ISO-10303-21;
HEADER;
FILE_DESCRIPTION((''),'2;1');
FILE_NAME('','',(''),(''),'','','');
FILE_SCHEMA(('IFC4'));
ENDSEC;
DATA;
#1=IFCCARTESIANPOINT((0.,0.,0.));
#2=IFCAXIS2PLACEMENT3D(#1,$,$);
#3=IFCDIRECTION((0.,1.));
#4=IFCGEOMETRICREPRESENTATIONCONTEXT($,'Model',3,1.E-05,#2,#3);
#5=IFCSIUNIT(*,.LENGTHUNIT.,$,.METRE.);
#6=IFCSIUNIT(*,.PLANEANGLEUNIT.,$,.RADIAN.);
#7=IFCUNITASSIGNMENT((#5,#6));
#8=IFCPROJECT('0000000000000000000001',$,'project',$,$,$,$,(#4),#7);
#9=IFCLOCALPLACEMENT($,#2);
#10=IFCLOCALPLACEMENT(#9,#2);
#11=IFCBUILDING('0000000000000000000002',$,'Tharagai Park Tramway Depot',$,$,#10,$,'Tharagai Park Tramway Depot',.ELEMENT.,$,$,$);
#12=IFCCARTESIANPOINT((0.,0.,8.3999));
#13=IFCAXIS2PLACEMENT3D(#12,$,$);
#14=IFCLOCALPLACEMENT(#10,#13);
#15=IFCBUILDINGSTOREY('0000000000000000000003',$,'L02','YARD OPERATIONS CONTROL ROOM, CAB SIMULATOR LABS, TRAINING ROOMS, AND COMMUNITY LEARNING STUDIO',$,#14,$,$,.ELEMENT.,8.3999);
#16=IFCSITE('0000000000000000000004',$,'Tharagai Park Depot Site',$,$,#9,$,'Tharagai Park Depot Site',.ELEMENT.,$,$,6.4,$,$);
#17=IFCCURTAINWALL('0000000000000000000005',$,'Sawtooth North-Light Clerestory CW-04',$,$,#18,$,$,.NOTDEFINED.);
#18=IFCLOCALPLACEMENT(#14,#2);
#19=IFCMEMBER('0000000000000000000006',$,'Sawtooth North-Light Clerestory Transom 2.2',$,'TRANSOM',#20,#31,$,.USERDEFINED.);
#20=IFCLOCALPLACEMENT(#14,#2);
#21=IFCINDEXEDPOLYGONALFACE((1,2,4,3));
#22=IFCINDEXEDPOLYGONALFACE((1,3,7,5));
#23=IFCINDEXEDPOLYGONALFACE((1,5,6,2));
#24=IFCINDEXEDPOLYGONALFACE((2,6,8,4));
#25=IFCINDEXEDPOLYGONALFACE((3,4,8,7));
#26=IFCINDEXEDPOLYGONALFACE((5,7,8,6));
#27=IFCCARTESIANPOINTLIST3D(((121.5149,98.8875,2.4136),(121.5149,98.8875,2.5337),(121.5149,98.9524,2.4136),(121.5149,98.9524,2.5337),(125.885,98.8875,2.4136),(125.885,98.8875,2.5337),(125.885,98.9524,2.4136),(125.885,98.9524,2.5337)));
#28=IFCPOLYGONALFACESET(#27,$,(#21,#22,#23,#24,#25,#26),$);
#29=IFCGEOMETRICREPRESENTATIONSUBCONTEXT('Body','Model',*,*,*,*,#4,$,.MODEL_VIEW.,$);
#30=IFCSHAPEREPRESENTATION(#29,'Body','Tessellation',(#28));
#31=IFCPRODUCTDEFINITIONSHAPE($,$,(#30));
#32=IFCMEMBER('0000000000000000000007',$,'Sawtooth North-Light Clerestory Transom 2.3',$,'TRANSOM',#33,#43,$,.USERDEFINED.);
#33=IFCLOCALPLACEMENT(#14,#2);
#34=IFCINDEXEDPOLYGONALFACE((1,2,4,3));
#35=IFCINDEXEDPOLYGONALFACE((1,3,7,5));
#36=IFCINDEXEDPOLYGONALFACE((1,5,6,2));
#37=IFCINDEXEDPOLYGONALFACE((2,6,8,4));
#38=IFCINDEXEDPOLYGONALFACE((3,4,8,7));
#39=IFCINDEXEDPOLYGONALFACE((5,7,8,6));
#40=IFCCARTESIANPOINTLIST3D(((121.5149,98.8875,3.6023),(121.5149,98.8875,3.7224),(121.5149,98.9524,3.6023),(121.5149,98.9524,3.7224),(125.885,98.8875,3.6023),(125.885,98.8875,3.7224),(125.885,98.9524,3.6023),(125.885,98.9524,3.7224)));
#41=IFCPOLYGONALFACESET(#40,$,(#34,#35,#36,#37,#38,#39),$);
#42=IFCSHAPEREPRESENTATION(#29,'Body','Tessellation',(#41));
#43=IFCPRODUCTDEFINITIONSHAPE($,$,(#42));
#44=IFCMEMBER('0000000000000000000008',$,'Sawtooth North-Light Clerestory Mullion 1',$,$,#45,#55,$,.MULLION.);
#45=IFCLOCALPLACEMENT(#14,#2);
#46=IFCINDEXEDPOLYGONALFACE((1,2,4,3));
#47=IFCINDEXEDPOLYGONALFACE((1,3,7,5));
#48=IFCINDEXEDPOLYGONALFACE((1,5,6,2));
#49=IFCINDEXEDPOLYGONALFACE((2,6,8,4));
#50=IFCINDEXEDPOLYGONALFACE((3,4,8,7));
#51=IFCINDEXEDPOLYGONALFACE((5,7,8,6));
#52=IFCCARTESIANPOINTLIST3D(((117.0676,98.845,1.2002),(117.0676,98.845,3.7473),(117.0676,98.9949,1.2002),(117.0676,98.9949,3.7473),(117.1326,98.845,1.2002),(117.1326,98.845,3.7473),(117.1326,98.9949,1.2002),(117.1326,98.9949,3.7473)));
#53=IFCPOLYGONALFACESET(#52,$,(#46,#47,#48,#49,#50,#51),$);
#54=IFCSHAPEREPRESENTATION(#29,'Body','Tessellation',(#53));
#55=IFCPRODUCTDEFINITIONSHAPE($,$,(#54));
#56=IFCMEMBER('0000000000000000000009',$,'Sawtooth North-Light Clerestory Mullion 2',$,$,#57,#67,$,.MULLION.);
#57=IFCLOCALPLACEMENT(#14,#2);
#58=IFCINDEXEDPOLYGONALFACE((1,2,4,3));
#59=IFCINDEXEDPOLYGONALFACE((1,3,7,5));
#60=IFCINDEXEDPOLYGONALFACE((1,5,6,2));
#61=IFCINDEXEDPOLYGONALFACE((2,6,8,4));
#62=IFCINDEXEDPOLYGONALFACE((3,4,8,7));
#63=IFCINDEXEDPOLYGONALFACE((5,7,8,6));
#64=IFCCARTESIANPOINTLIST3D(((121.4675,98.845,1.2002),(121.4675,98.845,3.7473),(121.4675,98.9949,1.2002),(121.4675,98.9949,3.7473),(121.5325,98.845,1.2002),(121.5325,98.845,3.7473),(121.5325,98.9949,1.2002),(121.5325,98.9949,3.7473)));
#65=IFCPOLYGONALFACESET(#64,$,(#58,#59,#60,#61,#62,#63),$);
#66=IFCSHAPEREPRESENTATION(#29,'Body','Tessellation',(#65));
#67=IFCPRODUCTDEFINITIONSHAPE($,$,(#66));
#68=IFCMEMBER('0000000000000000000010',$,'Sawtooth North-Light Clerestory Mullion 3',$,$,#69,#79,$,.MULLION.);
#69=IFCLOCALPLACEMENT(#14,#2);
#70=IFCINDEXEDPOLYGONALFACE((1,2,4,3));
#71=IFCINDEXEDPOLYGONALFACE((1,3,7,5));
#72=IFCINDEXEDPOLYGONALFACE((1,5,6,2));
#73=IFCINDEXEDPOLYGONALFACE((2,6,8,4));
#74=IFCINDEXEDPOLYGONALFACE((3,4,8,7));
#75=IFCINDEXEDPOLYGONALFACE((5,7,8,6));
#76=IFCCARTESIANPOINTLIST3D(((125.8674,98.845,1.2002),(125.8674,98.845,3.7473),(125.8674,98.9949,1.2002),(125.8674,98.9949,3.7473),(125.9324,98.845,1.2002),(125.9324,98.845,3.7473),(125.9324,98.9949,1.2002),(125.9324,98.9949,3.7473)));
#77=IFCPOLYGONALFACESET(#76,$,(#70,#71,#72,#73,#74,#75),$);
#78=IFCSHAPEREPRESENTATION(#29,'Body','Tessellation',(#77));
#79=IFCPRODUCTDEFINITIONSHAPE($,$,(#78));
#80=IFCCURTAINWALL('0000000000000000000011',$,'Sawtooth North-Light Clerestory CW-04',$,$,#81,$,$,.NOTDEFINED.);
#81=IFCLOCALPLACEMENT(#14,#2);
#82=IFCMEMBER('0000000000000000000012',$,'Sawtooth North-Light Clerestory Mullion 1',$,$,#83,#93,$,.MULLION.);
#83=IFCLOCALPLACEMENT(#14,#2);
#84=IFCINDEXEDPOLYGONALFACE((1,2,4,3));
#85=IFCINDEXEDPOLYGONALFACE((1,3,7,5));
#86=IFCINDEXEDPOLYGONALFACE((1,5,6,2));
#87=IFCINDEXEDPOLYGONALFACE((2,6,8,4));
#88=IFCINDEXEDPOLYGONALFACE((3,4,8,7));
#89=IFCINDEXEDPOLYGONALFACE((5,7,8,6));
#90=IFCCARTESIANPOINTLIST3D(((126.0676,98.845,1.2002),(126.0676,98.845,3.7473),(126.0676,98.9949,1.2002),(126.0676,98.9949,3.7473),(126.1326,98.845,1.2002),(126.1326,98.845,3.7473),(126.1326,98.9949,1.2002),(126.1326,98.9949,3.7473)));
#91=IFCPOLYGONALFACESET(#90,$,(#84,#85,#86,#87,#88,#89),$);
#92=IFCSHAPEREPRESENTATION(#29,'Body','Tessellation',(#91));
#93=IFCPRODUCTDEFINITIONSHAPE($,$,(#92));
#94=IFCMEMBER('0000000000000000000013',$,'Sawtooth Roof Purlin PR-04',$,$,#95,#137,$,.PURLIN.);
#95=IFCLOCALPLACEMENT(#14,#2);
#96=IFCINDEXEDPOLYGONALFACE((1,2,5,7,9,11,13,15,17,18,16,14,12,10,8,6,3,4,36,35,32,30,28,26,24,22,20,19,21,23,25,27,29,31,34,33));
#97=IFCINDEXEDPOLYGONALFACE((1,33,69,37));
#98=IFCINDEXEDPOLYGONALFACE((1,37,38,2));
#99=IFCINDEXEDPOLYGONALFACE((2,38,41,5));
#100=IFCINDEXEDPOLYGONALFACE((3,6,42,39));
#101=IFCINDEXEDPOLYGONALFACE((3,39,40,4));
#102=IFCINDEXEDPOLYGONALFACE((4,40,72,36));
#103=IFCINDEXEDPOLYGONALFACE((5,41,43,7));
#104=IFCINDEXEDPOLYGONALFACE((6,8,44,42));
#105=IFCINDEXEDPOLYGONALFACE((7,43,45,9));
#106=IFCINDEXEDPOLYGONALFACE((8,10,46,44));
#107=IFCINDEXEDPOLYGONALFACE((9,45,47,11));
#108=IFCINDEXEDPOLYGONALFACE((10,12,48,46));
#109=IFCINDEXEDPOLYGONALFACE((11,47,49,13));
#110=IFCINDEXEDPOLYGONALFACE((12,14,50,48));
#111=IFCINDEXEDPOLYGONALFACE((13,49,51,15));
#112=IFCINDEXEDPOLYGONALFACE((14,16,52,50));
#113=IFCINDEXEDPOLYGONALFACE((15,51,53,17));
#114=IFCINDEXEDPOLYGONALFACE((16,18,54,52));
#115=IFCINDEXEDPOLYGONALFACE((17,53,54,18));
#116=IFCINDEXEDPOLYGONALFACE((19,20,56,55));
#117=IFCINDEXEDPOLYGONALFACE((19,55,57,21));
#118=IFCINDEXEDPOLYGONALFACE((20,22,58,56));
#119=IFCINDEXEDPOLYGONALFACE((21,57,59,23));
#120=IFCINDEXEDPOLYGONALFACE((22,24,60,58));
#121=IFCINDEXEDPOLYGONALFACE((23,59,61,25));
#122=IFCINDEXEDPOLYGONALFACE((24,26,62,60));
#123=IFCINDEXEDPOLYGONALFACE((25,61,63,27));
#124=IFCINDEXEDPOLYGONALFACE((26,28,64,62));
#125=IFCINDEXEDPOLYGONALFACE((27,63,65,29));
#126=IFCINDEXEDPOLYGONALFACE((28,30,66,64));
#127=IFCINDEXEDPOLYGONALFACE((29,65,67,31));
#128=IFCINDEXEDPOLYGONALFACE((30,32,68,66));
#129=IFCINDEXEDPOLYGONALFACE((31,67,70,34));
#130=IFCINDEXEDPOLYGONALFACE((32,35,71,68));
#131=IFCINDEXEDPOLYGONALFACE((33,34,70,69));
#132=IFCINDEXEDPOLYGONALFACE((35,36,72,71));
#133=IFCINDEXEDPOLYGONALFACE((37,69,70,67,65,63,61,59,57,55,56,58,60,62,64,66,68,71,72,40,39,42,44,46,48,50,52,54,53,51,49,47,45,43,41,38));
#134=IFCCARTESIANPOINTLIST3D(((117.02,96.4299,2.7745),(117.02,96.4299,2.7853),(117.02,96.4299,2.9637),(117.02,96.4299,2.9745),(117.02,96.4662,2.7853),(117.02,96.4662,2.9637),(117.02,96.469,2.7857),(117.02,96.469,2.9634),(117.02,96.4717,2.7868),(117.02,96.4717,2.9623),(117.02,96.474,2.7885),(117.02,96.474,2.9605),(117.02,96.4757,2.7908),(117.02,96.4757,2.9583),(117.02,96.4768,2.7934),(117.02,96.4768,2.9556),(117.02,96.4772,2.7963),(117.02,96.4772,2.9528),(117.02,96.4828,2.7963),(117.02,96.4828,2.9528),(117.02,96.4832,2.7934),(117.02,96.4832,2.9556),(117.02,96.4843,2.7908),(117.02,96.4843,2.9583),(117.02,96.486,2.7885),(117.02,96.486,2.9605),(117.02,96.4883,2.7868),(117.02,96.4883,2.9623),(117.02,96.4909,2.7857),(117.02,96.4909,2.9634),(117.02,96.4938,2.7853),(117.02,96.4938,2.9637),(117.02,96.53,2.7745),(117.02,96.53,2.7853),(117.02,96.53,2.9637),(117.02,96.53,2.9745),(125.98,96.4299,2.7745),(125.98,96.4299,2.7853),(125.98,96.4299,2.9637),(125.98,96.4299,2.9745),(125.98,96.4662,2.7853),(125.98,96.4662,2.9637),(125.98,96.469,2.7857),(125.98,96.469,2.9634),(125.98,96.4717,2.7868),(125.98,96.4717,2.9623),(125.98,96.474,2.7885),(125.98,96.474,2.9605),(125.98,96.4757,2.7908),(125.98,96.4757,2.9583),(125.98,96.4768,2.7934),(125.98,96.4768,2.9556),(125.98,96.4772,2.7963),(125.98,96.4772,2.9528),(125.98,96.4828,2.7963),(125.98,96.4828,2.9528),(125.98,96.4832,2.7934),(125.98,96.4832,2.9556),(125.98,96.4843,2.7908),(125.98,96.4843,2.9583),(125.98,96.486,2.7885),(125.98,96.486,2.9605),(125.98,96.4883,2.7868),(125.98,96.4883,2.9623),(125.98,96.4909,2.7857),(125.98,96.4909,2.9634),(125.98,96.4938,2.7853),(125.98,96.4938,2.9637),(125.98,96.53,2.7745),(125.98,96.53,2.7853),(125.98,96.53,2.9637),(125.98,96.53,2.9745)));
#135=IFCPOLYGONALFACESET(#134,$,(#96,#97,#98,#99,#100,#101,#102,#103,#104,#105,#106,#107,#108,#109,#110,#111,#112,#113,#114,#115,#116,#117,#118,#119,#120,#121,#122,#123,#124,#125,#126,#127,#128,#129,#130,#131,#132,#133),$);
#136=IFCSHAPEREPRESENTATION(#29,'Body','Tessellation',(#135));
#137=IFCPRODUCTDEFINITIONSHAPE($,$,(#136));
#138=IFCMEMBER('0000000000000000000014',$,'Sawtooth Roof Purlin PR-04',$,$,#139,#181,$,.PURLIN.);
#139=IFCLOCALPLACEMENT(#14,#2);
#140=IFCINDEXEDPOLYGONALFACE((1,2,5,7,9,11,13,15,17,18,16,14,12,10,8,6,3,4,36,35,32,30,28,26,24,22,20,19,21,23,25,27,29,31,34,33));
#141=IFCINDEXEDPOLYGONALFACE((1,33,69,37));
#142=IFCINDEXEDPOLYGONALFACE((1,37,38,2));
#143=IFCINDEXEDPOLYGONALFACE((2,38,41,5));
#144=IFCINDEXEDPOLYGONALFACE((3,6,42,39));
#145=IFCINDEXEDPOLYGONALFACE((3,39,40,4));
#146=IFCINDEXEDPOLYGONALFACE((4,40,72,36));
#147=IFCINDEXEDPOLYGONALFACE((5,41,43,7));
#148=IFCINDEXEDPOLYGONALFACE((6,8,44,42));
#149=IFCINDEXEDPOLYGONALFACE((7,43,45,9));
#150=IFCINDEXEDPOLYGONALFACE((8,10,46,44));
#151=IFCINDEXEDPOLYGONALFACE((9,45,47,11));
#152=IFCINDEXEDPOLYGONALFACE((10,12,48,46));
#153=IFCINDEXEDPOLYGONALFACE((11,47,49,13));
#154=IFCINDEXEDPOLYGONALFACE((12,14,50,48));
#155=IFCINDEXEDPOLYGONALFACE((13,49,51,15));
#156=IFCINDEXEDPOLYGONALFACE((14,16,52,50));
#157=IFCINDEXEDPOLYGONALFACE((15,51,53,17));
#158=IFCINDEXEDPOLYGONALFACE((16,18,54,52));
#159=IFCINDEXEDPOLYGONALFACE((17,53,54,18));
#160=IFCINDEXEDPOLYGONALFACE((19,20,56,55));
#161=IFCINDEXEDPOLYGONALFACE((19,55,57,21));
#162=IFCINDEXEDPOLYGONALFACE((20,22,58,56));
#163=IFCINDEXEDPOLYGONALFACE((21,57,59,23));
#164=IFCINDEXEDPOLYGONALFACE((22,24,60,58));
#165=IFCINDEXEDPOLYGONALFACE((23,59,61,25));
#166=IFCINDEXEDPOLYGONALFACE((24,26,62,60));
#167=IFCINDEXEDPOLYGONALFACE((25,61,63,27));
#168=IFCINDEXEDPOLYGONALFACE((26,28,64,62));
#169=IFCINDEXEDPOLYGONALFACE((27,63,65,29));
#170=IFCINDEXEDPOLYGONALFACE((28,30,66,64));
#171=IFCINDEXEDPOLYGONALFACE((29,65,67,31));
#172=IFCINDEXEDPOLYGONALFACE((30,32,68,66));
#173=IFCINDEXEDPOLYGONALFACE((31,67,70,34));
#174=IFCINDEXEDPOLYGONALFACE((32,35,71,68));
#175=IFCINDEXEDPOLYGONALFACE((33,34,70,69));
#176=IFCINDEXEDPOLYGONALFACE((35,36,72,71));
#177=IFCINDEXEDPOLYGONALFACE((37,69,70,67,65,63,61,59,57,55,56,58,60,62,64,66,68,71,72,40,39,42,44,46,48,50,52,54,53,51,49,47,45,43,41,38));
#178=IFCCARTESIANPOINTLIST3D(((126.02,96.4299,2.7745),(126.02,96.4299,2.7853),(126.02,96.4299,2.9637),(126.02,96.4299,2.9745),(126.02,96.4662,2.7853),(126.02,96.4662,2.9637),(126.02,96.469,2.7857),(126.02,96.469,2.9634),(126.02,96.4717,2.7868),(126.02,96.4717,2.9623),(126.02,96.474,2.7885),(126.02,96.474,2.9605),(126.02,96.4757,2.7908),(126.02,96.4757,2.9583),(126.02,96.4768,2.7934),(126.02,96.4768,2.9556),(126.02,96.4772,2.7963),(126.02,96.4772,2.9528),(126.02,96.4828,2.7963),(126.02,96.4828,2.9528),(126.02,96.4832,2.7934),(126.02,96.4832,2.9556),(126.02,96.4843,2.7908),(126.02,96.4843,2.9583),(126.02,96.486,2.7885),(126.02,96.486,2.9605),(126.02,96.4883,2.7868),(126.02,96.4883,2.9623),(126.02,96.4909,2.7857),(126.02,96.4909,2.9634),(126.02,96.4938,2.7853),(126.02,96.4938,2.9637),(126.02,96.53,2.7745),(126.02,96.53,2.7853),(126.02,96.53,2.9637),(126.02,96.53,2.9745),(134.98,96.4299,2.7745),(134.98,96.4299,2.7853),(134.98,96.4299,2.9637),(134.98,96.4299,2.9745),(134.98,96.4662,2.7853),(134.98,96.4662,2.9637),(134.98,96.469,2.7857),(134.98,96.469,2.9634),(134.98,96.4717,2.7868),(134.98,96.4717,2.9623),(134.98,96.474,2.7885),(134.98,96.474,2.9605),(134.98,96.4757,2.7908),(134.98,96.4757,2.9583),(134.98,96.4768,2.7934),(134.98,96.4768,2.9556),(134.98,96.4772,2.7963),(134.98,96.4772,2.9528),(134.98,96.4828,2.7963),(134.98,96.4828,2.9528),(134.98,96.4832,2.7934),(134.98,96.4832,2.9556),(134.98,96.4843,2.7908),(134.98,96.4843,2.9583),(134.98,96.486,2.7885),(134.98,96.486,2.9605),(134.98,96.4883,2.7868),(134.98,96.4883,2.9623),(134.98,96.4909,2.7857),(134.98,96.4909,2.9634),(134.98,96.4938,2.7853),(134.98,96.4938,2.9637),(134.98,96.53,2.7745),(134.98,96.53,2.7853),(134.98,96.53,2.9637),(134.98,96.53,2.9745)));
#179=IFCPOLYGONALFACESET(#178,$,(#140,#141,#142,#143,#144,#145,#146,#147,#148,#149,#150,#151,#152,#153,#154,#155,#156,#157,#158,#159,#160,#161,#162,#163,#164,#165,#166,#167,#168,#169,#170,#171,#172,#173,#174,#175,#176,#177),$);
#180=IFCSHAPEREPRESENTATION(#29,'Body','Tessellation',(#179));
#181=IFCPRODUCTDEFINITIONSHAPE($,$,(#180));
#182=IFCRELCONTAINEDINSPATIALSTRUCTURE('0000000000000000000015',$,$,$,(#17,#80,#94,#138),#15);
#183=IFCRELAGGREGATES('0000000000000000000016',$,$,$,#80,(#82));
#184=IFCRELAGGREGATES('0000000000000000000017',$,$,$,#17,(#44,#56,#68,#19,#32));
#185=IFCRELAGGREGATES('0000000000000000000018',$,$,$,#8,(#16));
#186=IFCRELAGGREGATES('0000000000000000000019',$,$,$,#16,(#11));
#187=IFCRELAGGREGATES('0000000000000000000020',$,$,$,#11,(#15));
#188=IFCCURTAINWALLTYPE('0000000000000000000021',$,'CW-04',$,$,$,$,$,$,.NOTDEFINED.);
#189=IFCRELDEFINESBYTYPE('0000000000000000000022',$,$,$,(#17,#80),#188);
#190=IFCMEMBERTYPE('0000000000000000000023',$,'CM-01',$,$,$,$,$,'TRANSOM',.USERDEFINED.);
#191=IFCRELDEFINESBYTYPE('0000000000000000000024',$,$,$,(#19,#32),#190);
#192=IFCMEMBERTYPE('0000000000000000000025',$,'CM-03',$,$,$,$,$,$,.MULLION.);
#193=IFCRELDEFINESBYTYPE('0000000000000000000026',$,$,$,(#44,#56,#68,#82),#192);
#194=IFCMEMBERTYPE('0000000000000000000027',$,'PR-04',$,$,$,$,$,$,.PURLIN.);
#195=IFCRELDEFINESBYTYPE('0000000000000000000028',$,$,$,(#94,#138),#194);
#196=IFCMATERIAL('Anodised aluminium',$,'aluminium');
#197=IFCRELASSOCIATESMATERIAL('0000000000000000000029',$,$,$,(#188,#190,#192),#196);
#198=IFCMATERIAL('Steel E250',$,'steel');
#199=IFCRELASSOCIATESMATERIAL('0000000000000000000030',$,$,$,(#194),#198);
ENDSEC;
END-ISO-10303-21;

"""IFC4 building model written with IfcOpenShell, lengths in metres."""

from ifc_helpers import new_model, si_unit, direction, frame, origin, origin_2d, place, context, subcontext, project, spatial, rectangle, i_section, extrude, material, material_profile, profile_set, type_object, element, aggregate, save


model = new_model("IFC4")

# Units and contexts
model_context = context("Model", 3, precision=1e-05, world=origin(), true_north=direction((0.0, 1.0)))
body_context = subcontext(model_context, "Body", "Model", "MODEL_VIEW")
ifc_project = project(units=[si_unit("LENGTHUNIT", "METRE"), si_unit("PLANEANGLEUNIT", "RADIAN")], contexts=[model_context])

# Site, building, storey
site_placement = place(None, origin())
site = spatial("IfcSite", under=ifc_project, at=site_placement, Name="Tharagai Park Depot Site", LongName="Tharagai Park Depot Site", CompositionType="ELEMENT", RefElevation=6.4)
building_placement = place(site_placement, origin())
building = spatial("IfcBuilding", under=site, at=building_placement, Name="Tharagai Park Tramway Depot", LongName="Tharagai Park Tramway Depot", CompositionType="ELEMENT")
storey_placement = place(building_placement, frame((0.0, 0.0, 8.3999)))
storey = spatial("IfcBuildingStorey", under=building, at=storey_placement, Name="L02", Description="YARD OPERATIONS CONTROL ROOM, CAB SIMULATOR LABS, TRAINING ROOMS, AND COMMUNITY LEARNING STUDIO", CompositionType="ELEMENT", Elevation=8.3999)

# Curtain wall, members
ifc_material_1 = material(Name="Anodised aluminium", Category="aluminium")
curtain_wall_type = type_object("IfcCurtainWallType", Name="CW-04", PredefinedType="NOTDEFINED", material=ifc_material_1)
curtain_wall_1_placement = place(storey_placement, origin())
curtain_wall_1 = element("IfcCurtainWall", 1, at=curtain_wall_1_placement, inside=storey, type_object=curtain_wall_type, Name="Sawtooth North-Light Clerestory CW-04", PredefinedType="NOTDEFINED")
ifc_material_profile_1 = material_profile(ifc_material_1, rectangle(XDim=0.0649, YDim=0.1201, at=origin_2d()), Name="ALU 65x120")
ifc_profile_set_1 = profile_set([ifc_material_profile_1], Name="Anodised aluminium")
member_type_1 = type_object("IfcMemberType", Name="CM-01", ElementType="TRANSOM", PredefinedType="USERDEFINED", material=ifc_profile_set_1)
member_1_placement = place(storey_placement, frame((121.5149, 98.9199, 2.4736), z_axis=(1.0, 0.0, 0.0), x_axis=(0.0, 1.0, 0.0)))
member_1 = element("IfcMember", 2, at=member_1_placement, type_object=member_type_1, Name="Sawtooth North-Light Clerestory Transom 2.2", ObjectType="TRANSOM", PredefinedType="USERDEFINED", context=body_context, shape_type="SweptSolid", body=[
    extrude(rectangle(XDim=0.0649, YDim=0.1201, at=origin_2d()), origin(), (0.0, 0.0, 1.0), 4.3701),
])
member_2_placement = place(storey_placement, frame((121.5149, 98.9199, 3.6624), z_axis=(1.0, 0.0, 0.0), x_axis=(0.0, 1.0, 0.0)))
member_2 = element("IfcMember", 3, at=member_2_placement, type_object=member_type_1, Name="Sawtooth North-Light Clerestory Transom 2.3", ObjectType="TRANSOM", PredefinedType="USERDEFINED", context=body_context, shape_type="SweptSolid", body=[
    extrude(rectangle(XDim=0.0649, YDim=0.1201, at=origin_2d()), origin(), (0.0, 0.0, 1.0), 4.3701),
])
ifc_material_profile_2 = material_profile(ifc_material_1, rectangle(XDim=0.0649, YDim=0.1499, at=origin_2d()), Name="ALU 65x150")
ifc_profile_set_2 = profile_set([ifc_material_profile_2], Name="Anodised aluminium")
member_type_2 = type_object("IfcMemberType", Name="CM-03", PredefinedType="MULLION", material=ifc_profile_set_2)
member_3_placement = place(storey_placement, frame((117.1001, 98.9199, 1.2002), z_axis=(0.0, 0.0, 1.0), x_axis=(1.0, 0.0, 0.0)))
member_3 = element("IfcMember", 4, at=member_3_placement, type_object=member_type_2, Name="Sawtooth North-Light Clerestory Mullion 1", PredefinedType="MULLION", context=body_context, shape_type="SweptSolid", body=[
    extrude(rectangle(XDim=0.0649, YDim=0.1499, at=origin_2d()), origin(), (0.0, 0.0, 1.0), 2.5471),
])
member_4_placement = place(storey_placement, frame((121.5, 98.9199, 1.2002), z_axis=(0.0, 0.0, 1.0), x_axis=(1.0, 0.0, 0.0)))
member_4 = element("IfcMember", 5, at=member_4_placement, type_object=member_type_2, Name="Sawtooth North-Light Clerestory Mullion 2", PredefinedType="MULLION", context=body_context, shape_type="SweptSolid", body=[
    extrude(rectangle(XDim=0.0649, YDim=0.1499, at=origin_2d()), origin(), (0.0, 0.0, 1.0), 2.5471),
])
member_5_placement = place(storey_placement, frame((125.8999, 98.9199, 1.2002), z_axis=(0.0, 0.0, 1.0), x_axis=(1.0, 0.0, 0.0)))
member_5 = element("IfcMember", 6, at=member_5_placement, type_object=member_type_2, Name="Sawtooth North-Light Clerestory Mullion 3", PredefinedType="MULLION", context=body_context, shape_type="SweptSolid", body=[
    extrude(rectangle(XDim=0.0649, YDim=0.1499, at=origin_2d()), origin(), (0.0, 0.0, 1.0), 2.5471),
])

# Curtain wall, member
curtain_wall_2_placement = place(storey_placement, origin())
curtain_wall_2 = element("IfcCurtainWall", 7, at=curtain_wall_2_placement, inside=storey, type_object=curtain_wall_type, Name="Sawtooth North-Light Clerestory CW-04", PredefinedType="NOTDEFINED")
member_6_placement = place(storey_placement, frame((126.1001, 98.9199, 1.2002), z_axis=(0.0, 0.0, 1.0), x_axis=(1.0, 0.0, 0.0)))
member_6 = element("IfcMember", 8, at=member_6_placement, type_object=member_type_2, Name="Sawtooth North-Light Clerestory Mullion 1", PredefinedType="MULLION", context=body_context, shape_type="SweptSolid", body=[
    extrude(rectangle(XDim=0.0649, YDim=0.1499, at=origin_2d()), origin(), (0.0, 0.0, 1.0), 2.5471),
])
aggregate(curtain_wall_2, [member_6])

# Members
ifc_material_2 = material(Name="Steel E250", Category="steel")
ifc_material_profile_3 = material_profile(ifc_material_2, i_section(OverallWidth=0.1001, OverallDepth=0.2, WebThickness=0.0056, FlangeThickness=0.0107, FilletRadius=0.011, at=origin_2d()), Name="ISMB 200")
ifc_profile_set_3 = profile_set([ifc_material_profile_3], Name="Steel E250")
member_type_3 = type_object("IfcMemberType", Name="PR-04", PredefinedType="PURLIN", material=ifc_profile_set_3)
for number, where, z_axis, x_axis, name in (
    (9, (117.02, 96.48, 2.8745), (1.0, 0.0, 0.0), (0.0, 1.0, 0.0), "Sawtooth Roof Purlin PR-04"),
    (10, (126.02, 96.48, 2.8745), (1.0, 0.0, 0.0), (0.0, 1.0, 0.0), "Sawtooth Roof Purlin PR-04"),
):
    element("IfcMember", number, at=place(storey_placement, frame(where, z_axis=z_axis, x_axis=x_axis)), inside=storey, type_object=member_type_3, Name=name, PredefinedType="PURLIN", context=body_context, shape_type="SweptSolid", body=[
        extrude(i_section(OverallWidth=0.1001, OverallDepth=0.2, WebThickness=0.0056, FlangeThickness=0.0107, FilletRadius=0.011, at=origin_2d()), origin(), (0.0, 0.0, 1.0), 8.96),
    ])

aggregate(curtain_wall_1, [member_3, member_4, member_5, member_1, member_2])

save(model, "model.ifc")
